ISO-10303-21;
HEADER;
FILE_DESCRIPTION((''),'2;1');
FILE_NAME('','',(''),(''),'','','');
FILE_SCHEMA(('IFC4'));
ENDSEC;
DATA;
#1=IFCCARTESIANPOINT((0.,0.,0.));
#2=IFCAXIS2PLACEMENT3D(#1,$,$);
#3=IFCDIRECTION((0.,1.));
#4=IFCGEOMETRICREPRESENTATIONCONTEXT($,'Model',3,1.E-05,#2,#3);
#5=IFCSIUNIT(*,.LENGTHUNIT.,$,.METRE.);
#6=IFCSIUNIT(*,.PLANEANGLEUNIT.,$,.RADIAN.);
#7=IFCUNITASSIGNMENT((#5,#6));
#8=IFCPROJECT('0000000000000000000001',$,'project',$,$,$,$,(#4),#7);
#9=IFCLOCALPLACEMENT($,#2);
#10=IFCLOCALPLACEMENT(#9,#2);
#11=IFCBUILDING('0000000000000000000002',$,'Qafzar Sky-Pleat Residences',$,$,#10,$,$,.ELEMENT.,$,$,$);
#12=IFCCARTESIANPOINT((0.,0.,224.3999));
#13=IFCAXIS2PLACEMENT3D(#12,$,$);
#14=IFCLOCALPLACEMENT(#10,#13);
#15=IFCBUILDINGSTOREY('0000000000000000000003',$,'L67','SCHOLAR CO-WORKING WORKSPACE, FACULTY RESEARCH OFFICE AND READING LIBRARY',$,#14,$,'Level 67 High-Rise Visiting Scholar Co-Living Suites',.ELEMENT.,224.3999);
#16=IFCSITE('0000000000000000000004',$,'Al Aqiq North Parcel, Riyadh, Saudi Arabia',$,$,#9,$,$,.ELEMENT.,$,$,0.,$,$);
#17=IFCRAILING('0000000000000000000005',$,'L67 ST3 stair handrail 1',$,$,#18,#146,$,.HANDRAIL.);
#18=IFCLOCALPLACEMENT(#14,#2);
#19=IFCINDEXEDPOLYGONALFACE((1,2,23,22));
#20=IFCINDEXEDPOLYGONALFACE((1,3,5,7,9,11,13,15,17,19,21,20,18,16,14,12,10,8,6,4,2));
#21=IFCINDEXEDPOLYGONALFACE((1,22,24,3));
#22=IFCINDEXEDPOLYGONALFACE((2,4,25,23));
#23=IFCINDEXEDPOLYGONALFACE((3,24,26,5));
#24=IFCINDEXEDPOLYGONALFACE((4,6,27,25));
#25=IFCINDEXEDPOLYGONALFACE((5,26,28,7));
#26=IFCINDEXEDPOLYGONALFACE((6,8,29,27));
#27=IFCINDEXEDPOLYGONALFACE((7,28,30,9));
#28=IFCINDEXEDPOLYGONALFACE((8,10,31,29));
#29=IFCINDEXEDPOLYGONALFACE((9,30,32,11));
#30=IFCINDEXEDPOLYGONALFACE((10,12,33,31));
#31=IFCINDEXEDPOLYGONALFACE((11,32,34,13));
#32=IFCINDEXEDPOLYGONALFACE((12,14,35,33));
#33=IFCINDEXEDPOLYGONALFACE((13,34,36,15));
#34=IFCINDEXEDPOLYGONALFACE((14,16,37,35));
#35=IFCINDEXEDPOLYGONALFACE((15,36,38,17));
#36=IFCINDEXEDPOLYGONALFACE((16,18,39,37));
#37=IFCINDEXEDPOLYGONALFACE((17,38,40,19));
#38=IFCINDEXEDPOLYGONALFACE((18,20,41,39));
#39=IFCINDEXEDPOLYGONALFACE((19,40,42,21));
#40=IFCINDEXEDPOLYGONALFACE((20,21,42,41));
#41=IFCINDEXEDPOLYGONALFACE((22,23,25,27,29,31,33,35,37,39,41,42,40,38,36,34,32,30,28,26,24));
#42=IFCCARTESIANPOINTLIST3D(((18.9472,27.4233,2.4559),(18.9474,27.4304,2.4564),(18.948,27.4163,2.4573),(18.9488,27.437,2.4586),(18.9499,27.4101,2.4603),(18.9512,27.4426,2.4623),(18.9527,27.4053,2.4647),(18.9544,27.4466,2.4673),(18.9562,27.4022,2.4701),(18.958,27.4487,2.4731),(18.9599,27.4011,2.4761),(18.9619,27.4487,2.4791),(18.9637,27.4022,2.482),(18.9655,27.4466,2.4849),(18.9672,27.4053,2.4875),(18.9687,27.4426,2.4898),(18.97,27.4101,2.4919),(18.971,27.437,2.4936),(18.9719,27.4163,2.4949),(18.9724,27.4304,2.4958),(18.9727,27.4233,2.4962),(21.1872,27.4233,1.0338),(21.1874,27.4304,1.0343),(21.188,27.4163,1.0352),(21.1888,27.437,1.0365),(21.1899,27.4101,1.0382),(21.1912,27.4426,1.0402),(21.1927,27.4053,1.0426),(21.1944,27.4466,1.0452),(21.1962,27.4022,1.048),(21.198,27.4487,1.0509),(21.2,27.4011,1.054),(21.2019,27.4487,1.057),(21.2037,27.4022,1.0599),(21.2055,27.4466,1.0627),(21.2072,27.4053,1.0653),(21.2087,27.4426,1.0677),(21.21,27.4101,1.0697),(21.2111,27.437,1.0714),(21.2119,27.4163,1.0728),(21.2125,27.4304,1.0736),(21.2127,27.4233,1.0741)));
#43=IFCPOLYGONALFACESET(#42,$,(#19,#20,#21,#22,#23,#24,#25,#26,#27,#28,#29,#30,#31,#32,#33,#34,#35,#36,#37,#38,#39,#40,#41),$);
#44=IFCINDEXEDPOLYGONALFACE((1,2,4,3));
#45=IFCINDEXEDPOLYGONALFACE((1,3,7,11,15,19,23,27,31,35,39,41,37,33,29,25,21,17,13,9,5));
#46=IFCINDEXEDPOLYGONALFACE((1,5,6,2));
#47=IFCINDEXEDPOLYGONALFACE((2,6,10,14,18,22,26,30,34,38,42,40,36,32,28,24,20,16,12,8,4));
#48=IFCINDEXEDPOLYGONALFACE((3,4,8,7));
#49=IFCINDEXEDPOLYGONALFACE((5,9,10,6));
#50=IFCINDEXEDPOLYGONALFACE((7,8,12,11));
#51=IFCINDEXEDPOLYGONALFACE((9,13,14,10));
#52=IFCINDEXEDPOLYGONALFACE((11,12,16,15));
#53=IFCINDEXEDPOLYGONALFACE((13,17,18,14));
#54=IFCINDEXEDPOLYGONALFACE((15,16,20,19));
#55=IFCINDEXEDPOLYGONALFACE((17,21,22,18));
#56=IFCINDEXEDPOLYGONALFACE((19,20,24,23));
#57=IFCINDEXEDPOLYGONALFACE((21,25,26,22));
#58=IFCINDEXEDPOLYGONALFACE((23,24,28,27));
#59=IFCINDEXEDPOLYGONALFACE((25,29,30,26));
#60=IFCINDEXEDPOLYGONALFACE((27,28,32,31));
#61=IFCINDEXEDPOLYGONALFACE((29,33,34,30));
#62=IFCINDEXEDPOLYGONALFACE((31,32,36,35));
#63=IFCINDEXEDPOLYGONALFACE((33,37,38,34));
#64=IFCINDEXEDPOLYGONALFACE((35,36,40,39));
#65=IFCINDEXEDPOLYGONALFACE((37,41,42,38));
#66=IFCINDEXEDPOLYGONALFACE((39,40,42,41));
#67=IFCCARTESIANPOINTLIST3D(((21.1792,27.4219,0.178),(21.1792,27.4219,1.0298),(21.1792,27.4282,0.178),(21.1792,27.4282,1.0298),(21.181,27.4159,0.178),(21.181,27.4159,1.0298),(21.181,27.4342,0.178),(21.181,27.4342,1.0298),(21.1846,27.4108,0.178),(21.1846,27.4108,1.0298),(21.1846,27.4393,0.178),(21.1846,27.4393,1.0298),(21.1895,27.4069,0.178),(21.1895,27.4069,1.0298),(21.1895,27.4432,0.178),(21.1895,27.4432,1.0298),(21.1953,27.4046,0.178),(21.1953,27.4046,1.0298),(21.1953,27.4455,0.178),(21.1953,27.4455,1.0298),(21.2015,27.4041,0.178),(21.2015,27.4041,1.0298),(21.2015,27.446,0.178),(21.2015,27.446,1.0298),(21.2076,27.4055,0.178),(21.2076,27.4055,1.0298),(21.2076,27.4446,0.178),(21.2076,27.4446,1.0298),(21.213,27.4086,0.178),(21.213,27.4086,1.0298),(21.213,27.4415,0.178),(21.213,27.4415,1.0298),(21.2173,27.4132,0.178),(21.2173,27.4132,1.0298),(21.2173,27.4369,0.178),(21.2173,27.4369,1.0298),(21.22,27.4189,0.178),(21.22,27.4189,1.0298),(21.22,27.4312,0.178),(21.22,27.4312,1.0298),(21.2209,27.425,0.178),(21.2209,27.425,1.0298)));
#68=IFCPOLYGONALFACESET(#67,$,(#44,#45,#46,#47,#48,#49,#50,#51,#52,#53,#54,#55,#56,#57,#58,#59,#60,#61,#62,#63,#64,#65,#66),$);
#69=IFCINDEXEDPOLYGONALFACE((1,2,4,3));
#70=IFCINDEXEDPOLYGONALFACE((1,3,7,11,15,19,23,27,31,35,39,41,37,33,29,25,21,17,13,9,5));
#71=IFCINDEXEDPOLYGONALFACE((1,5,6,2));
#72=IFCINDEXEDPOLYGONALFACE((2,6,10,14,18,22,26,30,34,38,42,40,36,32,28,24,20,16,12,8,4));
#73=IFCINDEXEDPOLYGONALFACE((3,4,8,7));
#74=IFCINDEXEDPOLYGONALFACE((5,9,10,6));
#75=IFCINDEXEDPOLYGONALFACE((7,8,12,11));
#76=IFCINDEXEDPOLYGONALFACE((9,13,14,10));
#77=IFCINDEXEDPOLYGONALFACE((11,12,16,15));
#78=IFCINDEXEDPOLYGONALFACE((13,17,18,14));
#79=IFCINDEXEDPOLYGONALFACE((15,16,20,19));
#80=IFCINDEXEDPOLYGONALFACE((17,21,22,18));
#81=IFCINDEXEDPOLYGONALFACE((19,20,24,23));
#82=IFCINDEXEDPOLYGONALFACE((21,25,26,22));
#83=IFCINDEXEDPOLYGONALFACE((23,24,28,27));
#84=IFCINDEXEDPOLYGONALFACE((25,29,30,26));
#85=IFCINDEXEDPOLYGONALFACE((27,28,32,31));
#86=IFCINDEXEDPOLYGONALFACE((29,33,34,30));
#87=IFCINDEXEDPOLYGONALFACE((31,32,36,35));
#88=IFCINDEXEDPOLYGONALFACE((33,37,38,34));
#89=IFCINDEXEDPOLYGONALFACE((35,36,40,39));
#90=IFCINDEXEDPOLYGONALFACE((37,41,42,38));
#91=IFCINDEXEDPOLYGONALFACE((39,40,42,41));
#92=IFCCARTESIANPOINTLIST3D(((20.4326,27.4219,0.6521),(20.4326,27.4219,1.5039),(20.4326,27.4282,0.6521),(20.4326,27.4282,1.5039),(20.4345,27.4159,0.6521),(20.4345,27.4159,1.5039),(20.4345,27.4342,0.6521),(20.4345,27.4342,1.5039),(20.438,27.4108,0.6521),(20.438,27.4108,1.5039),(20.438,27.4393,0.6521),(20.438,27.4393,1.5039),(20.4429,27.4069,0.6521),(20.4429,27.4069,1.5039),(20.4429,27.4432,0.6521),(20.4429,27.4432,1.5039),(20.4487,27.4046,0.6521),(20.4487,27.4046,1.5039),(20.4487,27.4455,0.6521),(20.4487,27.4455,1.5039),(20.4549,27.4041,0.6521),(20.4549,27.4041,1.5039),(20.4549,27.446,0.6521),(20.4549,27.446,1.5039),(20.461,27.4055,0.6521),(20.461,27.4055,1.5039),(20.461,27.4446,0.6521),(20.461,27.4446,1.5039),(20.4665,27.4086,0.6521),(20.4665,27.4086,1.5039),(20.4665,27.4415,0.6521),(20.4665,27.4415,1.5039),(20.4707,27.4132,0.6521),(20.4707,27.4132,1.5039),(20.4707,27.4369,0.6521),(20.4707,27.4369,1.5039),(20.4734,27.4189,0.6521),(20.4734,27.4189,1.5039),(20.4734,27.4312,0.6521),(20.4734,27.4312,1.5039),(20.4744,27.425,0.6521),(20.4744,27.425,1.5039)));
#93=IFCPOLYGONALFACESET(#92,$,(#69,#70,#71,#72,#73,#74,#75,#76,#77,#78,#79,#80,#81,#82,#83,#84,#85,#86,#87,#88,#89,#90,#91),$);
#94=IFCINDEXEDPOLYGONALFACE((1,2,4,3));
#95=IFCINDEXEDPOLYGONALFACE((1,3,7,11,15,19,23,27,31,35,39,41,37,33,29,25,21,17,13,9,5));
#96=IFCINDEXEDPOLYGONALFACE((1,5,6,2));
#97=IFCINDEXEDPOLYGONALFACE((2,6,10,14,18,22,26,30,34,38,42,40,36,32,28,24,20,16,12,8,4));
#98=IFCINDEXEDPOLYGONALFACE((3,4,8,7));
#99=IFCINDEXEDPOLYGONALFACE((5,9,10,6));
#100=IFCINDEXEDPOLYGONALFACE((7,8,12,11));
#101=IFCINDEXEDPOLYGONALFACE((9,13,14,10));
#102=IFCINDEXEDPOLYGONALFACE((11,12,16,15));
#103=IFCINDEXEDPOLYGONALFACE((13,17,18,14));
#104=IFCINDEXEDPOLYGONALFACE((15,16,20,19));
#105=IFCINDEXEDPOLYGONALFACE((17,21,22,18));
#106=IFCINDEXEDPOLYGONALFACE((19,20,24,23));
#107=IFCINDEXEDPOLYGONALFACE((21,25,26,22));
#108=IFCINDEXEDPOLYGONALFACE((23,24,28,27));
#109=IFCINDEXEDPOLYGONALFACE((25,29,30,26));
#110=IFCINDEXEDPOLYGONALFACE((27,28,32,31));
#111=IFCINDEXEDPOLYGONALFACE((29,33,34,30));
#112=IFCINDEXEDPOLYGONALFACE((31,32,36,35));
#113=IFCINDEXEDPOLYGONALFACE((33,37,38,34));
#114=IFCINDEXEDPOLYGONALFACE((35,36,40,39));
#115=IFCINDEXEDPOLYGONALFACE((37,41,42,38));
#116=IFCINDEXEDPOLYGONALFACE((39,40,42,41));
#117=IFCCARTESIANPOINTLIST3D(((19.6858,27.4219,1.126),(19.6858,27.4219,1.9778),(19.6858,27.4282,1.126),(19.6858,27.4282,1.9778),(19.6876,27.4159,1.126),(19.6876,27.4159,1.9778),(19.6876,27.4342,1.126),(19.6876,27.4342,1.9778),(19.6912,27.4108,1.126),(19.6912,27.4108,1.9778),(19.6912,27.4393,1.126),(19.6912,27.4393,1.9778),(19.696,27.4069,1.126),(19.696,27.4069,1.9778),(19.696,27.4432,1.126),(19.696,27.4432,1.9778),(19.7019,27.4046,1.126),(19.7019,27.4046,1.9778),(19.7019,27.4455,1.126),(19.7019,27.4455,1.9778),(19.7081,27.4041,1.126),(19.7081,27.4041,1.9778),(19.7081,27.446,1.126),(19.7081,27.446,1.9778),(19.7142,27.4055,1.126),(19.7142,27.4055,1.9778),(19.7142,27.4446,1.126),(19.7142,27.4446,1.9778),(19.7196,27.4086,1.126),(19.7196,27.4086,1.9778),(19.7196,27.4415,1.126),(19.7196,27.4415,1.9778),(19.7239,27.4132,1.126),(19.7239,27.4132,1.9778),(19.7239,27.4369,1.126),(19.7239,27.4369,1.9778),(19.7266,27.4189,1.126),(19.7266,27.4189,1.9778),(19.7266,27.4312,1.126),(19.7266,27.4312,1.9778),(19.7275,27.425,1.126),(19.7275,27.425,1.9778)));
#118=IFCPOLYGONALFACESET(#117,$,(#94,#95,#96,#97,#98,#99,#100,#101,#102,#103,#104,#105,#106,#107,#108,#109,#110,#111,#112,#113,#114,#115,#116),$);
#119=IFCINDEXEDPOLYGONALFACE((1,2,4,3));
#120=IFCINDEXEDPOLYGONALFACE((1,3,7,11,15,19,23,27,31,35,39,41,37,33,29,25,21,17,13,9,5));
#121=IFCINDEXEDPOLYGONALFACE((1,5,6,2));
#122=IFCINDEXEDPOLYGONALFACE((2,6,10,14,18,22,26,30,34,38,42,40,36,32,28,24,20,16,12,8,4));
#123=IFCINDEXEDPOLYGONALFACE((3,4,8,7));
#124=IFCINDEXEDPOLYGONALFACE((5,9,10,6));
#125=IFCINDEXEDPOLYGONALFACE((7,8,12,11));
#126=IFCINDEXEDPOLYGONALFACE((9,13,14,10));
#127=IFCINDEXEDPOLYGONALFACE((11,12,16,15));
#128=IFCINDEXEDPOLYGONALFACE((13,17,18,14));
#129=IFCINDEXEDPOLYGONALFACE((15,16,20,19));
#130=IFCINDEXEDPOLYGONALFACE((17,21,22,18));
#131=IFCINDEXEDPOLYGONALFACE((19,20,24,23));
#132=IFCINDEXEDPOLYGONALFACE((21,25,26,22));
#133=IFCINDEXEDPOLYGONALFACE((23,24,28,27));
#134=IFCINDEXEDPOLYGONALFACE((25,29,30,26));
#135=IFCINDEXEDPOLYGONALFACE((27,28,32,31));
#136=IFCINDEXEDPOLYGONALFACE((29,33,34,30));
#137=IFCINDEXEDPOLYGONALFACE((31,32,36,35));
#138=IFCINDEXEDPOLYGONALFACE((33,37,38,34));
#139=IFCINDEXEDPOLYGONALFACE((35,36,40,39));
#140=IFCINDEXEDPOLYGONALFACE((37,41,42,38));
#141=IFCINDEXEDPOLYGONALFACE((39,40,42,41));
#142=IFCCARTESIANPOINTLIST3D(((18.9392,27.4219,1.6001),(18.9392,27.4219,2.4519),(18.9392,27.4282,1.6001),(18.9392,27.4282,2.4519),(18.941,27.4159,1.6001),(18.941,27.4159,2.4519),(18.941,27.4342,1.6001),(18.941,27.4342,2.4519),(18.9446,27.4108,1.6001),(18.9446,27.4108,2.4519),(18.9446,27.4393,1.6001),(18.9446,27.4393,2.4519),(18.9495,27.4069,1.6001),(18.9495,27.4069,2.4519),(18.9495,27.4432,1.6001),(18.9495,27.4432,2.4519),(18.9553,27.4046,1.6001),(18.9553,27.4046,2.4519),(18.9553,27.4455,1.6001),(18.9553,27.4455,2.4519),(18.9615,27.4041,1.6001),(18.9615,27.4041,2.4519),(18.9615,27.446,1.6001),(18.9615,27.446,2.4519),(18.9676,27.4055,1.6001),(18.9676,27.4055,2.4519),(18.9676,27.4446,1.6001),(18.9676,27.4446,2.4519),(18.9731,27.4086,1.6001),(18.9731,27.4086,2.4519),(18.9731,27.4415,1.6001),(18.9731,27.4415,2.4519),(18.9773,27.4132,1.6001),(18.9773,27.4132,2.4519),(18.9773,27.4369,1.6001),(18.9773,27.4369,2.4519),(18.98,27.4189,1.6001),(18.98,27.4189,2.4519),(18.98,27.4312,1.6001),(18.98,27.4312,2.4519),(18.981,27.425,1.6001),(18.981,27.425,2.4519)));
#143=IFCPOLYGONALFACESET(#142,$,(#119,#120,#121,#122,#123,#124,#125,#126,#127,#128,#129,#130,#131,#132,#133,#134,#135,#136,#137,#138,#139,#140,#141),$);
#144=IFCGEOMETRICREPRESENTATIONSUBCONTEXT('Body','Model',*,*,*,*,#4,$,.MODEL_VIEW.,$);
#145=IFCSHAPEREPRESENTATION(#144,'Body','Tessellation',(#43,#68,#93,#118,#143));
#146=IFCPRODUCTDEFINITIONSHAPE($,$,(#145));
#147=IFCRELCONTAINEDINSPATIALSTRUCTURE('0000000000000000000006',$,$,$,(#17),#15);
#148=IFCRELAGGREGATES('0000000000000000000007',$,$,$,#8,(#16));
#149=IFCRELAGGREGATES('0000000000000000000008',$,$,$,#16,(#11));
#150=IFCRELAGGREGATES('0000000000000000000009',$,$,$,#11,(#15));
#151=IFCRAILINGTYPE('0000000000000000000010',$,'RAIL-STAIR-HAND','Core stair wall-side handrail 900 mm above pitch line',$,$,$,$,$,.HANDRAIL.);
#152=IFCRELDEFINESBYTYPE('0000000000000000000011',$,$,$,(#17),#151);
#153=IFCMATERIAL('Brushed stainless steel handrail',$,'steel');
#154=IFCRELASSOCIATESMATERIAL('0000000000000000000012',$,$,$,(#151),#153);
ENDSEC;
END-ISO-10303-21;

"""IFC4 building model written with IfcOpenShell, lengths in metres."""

from ifc_helpers import new_model, si_unit, direction, frame, origin, origin_2d, place, context, subcontext, project, spatial, circle, extrude, source, transform, mapped, material, type_object, element, save


model = new_model("IFC4")

# Units and contexts
model_context = context("Model", 3, precision=1e-05, world=origin(), true_north=direction((0.0, 1.0)))
body_context = subcontext(model_context, "Body", "Model", "MODEL_VIEW")
ifc_project = project(units=[si_unit("LENGTHUNIT", "METRE"), si_unit("PLANEANGLEUNIT", "RADIAN")], contexts=[model_context])

# Site, building, storey
site_placement = place(None, origin())
site = spatial("IfcSite", under=ifc_project, at=site_placement, Name="Al Aqiq North Parcel, Riyadh, Saudi Arabia", CompositionType="ELEMENT", RefElevation=0.0)
building_placement = place(site_placement, origin())
building = spatial("IfcBuilding", under=site, at=building_placement, Name="Qafzar Sky-Pleat Residences", CompositionType="ELEMENT")
storey_placement = place(building_placement, frame((0.0, 0.0, 224.3999)))
storey = spatial("IfcBuildingStorey", under=building, at=storey_placement, Name="L67", Description="SCHOLAR CO-WORKING WORKSPACE, FACULTY RESEARCH OFFICE AND READING LIBRARY", LongName="Level 67 High-Rise Visiting Scholar Co-Living Suites", CompositionType="ELEMENT", Elevation=224.3999)

# Railing
ifc_material_1 = material(Name="Brushed stainless steel handrail", Category="steel")
railing_type_1 = type_object("IfcRailingType", Name="RAIL-STAIR-HAND", Description="Core stair wall-side handrail 900 mm above pitch line", PredefinedType="HANDRAIL", material=ifc_material_1)
shared_shape_1 = source(origin(), body_context, "Body", "SweptSolid", [
    extrude(circle(Radius=0.0239, at=origin_2d()), frame((0.0, 0.0, 0.876), z_axis=(-0.844229, 0.0, 0.535982), x_axis=(0.0, -1.0, 0.0)), (0.0, 0.0, 1.0), 2.6533),
    extrude(circle(Radius=0.021, at=origin_2d()), origin(), (0.0, 0.0, 1.0), 0.8518),
    extrude(circle(Radius=0.021, at=origin_2d()), frame((-0.7466, 0.0, 0.4741)), (0.0, 0.0, 1.0), 0.8518),
    extrude(circle(Radius=0.021, at=origin_2d()), frame((-1.4934, 0.0, 0.948)), (0.0, 0.0, 1.0), 0.8518),
    extrude(circle(Radius=0.021, at=origin_2d()), frame((-2.24, 0.0, 1.4221)), (0.0, 0.0, 1.0), 0.8518),
])
railing_1_placement = place(storey_placement, frame((21.2, 27.425, 0.178)))
element("IfcRailing", 1, at=railing_1_placement, inside=storey, type_object=railing_type_1, Name="L67 ST3 stair handrail 1", PredefinedType="HANDRAIL", context=body_context, shape_type="MappedRepresentation", body=[
    mapped(shared_shape_1, transform((0.0, 0.0, 0.0), x_axis=(1.0, 0.0, 0.0), y_axis=(0.0, 1.0, 0.0), z_axis=(0.0, 0.0, 1.0), scale=1.0)),
])

save(model, "model.ifc")
